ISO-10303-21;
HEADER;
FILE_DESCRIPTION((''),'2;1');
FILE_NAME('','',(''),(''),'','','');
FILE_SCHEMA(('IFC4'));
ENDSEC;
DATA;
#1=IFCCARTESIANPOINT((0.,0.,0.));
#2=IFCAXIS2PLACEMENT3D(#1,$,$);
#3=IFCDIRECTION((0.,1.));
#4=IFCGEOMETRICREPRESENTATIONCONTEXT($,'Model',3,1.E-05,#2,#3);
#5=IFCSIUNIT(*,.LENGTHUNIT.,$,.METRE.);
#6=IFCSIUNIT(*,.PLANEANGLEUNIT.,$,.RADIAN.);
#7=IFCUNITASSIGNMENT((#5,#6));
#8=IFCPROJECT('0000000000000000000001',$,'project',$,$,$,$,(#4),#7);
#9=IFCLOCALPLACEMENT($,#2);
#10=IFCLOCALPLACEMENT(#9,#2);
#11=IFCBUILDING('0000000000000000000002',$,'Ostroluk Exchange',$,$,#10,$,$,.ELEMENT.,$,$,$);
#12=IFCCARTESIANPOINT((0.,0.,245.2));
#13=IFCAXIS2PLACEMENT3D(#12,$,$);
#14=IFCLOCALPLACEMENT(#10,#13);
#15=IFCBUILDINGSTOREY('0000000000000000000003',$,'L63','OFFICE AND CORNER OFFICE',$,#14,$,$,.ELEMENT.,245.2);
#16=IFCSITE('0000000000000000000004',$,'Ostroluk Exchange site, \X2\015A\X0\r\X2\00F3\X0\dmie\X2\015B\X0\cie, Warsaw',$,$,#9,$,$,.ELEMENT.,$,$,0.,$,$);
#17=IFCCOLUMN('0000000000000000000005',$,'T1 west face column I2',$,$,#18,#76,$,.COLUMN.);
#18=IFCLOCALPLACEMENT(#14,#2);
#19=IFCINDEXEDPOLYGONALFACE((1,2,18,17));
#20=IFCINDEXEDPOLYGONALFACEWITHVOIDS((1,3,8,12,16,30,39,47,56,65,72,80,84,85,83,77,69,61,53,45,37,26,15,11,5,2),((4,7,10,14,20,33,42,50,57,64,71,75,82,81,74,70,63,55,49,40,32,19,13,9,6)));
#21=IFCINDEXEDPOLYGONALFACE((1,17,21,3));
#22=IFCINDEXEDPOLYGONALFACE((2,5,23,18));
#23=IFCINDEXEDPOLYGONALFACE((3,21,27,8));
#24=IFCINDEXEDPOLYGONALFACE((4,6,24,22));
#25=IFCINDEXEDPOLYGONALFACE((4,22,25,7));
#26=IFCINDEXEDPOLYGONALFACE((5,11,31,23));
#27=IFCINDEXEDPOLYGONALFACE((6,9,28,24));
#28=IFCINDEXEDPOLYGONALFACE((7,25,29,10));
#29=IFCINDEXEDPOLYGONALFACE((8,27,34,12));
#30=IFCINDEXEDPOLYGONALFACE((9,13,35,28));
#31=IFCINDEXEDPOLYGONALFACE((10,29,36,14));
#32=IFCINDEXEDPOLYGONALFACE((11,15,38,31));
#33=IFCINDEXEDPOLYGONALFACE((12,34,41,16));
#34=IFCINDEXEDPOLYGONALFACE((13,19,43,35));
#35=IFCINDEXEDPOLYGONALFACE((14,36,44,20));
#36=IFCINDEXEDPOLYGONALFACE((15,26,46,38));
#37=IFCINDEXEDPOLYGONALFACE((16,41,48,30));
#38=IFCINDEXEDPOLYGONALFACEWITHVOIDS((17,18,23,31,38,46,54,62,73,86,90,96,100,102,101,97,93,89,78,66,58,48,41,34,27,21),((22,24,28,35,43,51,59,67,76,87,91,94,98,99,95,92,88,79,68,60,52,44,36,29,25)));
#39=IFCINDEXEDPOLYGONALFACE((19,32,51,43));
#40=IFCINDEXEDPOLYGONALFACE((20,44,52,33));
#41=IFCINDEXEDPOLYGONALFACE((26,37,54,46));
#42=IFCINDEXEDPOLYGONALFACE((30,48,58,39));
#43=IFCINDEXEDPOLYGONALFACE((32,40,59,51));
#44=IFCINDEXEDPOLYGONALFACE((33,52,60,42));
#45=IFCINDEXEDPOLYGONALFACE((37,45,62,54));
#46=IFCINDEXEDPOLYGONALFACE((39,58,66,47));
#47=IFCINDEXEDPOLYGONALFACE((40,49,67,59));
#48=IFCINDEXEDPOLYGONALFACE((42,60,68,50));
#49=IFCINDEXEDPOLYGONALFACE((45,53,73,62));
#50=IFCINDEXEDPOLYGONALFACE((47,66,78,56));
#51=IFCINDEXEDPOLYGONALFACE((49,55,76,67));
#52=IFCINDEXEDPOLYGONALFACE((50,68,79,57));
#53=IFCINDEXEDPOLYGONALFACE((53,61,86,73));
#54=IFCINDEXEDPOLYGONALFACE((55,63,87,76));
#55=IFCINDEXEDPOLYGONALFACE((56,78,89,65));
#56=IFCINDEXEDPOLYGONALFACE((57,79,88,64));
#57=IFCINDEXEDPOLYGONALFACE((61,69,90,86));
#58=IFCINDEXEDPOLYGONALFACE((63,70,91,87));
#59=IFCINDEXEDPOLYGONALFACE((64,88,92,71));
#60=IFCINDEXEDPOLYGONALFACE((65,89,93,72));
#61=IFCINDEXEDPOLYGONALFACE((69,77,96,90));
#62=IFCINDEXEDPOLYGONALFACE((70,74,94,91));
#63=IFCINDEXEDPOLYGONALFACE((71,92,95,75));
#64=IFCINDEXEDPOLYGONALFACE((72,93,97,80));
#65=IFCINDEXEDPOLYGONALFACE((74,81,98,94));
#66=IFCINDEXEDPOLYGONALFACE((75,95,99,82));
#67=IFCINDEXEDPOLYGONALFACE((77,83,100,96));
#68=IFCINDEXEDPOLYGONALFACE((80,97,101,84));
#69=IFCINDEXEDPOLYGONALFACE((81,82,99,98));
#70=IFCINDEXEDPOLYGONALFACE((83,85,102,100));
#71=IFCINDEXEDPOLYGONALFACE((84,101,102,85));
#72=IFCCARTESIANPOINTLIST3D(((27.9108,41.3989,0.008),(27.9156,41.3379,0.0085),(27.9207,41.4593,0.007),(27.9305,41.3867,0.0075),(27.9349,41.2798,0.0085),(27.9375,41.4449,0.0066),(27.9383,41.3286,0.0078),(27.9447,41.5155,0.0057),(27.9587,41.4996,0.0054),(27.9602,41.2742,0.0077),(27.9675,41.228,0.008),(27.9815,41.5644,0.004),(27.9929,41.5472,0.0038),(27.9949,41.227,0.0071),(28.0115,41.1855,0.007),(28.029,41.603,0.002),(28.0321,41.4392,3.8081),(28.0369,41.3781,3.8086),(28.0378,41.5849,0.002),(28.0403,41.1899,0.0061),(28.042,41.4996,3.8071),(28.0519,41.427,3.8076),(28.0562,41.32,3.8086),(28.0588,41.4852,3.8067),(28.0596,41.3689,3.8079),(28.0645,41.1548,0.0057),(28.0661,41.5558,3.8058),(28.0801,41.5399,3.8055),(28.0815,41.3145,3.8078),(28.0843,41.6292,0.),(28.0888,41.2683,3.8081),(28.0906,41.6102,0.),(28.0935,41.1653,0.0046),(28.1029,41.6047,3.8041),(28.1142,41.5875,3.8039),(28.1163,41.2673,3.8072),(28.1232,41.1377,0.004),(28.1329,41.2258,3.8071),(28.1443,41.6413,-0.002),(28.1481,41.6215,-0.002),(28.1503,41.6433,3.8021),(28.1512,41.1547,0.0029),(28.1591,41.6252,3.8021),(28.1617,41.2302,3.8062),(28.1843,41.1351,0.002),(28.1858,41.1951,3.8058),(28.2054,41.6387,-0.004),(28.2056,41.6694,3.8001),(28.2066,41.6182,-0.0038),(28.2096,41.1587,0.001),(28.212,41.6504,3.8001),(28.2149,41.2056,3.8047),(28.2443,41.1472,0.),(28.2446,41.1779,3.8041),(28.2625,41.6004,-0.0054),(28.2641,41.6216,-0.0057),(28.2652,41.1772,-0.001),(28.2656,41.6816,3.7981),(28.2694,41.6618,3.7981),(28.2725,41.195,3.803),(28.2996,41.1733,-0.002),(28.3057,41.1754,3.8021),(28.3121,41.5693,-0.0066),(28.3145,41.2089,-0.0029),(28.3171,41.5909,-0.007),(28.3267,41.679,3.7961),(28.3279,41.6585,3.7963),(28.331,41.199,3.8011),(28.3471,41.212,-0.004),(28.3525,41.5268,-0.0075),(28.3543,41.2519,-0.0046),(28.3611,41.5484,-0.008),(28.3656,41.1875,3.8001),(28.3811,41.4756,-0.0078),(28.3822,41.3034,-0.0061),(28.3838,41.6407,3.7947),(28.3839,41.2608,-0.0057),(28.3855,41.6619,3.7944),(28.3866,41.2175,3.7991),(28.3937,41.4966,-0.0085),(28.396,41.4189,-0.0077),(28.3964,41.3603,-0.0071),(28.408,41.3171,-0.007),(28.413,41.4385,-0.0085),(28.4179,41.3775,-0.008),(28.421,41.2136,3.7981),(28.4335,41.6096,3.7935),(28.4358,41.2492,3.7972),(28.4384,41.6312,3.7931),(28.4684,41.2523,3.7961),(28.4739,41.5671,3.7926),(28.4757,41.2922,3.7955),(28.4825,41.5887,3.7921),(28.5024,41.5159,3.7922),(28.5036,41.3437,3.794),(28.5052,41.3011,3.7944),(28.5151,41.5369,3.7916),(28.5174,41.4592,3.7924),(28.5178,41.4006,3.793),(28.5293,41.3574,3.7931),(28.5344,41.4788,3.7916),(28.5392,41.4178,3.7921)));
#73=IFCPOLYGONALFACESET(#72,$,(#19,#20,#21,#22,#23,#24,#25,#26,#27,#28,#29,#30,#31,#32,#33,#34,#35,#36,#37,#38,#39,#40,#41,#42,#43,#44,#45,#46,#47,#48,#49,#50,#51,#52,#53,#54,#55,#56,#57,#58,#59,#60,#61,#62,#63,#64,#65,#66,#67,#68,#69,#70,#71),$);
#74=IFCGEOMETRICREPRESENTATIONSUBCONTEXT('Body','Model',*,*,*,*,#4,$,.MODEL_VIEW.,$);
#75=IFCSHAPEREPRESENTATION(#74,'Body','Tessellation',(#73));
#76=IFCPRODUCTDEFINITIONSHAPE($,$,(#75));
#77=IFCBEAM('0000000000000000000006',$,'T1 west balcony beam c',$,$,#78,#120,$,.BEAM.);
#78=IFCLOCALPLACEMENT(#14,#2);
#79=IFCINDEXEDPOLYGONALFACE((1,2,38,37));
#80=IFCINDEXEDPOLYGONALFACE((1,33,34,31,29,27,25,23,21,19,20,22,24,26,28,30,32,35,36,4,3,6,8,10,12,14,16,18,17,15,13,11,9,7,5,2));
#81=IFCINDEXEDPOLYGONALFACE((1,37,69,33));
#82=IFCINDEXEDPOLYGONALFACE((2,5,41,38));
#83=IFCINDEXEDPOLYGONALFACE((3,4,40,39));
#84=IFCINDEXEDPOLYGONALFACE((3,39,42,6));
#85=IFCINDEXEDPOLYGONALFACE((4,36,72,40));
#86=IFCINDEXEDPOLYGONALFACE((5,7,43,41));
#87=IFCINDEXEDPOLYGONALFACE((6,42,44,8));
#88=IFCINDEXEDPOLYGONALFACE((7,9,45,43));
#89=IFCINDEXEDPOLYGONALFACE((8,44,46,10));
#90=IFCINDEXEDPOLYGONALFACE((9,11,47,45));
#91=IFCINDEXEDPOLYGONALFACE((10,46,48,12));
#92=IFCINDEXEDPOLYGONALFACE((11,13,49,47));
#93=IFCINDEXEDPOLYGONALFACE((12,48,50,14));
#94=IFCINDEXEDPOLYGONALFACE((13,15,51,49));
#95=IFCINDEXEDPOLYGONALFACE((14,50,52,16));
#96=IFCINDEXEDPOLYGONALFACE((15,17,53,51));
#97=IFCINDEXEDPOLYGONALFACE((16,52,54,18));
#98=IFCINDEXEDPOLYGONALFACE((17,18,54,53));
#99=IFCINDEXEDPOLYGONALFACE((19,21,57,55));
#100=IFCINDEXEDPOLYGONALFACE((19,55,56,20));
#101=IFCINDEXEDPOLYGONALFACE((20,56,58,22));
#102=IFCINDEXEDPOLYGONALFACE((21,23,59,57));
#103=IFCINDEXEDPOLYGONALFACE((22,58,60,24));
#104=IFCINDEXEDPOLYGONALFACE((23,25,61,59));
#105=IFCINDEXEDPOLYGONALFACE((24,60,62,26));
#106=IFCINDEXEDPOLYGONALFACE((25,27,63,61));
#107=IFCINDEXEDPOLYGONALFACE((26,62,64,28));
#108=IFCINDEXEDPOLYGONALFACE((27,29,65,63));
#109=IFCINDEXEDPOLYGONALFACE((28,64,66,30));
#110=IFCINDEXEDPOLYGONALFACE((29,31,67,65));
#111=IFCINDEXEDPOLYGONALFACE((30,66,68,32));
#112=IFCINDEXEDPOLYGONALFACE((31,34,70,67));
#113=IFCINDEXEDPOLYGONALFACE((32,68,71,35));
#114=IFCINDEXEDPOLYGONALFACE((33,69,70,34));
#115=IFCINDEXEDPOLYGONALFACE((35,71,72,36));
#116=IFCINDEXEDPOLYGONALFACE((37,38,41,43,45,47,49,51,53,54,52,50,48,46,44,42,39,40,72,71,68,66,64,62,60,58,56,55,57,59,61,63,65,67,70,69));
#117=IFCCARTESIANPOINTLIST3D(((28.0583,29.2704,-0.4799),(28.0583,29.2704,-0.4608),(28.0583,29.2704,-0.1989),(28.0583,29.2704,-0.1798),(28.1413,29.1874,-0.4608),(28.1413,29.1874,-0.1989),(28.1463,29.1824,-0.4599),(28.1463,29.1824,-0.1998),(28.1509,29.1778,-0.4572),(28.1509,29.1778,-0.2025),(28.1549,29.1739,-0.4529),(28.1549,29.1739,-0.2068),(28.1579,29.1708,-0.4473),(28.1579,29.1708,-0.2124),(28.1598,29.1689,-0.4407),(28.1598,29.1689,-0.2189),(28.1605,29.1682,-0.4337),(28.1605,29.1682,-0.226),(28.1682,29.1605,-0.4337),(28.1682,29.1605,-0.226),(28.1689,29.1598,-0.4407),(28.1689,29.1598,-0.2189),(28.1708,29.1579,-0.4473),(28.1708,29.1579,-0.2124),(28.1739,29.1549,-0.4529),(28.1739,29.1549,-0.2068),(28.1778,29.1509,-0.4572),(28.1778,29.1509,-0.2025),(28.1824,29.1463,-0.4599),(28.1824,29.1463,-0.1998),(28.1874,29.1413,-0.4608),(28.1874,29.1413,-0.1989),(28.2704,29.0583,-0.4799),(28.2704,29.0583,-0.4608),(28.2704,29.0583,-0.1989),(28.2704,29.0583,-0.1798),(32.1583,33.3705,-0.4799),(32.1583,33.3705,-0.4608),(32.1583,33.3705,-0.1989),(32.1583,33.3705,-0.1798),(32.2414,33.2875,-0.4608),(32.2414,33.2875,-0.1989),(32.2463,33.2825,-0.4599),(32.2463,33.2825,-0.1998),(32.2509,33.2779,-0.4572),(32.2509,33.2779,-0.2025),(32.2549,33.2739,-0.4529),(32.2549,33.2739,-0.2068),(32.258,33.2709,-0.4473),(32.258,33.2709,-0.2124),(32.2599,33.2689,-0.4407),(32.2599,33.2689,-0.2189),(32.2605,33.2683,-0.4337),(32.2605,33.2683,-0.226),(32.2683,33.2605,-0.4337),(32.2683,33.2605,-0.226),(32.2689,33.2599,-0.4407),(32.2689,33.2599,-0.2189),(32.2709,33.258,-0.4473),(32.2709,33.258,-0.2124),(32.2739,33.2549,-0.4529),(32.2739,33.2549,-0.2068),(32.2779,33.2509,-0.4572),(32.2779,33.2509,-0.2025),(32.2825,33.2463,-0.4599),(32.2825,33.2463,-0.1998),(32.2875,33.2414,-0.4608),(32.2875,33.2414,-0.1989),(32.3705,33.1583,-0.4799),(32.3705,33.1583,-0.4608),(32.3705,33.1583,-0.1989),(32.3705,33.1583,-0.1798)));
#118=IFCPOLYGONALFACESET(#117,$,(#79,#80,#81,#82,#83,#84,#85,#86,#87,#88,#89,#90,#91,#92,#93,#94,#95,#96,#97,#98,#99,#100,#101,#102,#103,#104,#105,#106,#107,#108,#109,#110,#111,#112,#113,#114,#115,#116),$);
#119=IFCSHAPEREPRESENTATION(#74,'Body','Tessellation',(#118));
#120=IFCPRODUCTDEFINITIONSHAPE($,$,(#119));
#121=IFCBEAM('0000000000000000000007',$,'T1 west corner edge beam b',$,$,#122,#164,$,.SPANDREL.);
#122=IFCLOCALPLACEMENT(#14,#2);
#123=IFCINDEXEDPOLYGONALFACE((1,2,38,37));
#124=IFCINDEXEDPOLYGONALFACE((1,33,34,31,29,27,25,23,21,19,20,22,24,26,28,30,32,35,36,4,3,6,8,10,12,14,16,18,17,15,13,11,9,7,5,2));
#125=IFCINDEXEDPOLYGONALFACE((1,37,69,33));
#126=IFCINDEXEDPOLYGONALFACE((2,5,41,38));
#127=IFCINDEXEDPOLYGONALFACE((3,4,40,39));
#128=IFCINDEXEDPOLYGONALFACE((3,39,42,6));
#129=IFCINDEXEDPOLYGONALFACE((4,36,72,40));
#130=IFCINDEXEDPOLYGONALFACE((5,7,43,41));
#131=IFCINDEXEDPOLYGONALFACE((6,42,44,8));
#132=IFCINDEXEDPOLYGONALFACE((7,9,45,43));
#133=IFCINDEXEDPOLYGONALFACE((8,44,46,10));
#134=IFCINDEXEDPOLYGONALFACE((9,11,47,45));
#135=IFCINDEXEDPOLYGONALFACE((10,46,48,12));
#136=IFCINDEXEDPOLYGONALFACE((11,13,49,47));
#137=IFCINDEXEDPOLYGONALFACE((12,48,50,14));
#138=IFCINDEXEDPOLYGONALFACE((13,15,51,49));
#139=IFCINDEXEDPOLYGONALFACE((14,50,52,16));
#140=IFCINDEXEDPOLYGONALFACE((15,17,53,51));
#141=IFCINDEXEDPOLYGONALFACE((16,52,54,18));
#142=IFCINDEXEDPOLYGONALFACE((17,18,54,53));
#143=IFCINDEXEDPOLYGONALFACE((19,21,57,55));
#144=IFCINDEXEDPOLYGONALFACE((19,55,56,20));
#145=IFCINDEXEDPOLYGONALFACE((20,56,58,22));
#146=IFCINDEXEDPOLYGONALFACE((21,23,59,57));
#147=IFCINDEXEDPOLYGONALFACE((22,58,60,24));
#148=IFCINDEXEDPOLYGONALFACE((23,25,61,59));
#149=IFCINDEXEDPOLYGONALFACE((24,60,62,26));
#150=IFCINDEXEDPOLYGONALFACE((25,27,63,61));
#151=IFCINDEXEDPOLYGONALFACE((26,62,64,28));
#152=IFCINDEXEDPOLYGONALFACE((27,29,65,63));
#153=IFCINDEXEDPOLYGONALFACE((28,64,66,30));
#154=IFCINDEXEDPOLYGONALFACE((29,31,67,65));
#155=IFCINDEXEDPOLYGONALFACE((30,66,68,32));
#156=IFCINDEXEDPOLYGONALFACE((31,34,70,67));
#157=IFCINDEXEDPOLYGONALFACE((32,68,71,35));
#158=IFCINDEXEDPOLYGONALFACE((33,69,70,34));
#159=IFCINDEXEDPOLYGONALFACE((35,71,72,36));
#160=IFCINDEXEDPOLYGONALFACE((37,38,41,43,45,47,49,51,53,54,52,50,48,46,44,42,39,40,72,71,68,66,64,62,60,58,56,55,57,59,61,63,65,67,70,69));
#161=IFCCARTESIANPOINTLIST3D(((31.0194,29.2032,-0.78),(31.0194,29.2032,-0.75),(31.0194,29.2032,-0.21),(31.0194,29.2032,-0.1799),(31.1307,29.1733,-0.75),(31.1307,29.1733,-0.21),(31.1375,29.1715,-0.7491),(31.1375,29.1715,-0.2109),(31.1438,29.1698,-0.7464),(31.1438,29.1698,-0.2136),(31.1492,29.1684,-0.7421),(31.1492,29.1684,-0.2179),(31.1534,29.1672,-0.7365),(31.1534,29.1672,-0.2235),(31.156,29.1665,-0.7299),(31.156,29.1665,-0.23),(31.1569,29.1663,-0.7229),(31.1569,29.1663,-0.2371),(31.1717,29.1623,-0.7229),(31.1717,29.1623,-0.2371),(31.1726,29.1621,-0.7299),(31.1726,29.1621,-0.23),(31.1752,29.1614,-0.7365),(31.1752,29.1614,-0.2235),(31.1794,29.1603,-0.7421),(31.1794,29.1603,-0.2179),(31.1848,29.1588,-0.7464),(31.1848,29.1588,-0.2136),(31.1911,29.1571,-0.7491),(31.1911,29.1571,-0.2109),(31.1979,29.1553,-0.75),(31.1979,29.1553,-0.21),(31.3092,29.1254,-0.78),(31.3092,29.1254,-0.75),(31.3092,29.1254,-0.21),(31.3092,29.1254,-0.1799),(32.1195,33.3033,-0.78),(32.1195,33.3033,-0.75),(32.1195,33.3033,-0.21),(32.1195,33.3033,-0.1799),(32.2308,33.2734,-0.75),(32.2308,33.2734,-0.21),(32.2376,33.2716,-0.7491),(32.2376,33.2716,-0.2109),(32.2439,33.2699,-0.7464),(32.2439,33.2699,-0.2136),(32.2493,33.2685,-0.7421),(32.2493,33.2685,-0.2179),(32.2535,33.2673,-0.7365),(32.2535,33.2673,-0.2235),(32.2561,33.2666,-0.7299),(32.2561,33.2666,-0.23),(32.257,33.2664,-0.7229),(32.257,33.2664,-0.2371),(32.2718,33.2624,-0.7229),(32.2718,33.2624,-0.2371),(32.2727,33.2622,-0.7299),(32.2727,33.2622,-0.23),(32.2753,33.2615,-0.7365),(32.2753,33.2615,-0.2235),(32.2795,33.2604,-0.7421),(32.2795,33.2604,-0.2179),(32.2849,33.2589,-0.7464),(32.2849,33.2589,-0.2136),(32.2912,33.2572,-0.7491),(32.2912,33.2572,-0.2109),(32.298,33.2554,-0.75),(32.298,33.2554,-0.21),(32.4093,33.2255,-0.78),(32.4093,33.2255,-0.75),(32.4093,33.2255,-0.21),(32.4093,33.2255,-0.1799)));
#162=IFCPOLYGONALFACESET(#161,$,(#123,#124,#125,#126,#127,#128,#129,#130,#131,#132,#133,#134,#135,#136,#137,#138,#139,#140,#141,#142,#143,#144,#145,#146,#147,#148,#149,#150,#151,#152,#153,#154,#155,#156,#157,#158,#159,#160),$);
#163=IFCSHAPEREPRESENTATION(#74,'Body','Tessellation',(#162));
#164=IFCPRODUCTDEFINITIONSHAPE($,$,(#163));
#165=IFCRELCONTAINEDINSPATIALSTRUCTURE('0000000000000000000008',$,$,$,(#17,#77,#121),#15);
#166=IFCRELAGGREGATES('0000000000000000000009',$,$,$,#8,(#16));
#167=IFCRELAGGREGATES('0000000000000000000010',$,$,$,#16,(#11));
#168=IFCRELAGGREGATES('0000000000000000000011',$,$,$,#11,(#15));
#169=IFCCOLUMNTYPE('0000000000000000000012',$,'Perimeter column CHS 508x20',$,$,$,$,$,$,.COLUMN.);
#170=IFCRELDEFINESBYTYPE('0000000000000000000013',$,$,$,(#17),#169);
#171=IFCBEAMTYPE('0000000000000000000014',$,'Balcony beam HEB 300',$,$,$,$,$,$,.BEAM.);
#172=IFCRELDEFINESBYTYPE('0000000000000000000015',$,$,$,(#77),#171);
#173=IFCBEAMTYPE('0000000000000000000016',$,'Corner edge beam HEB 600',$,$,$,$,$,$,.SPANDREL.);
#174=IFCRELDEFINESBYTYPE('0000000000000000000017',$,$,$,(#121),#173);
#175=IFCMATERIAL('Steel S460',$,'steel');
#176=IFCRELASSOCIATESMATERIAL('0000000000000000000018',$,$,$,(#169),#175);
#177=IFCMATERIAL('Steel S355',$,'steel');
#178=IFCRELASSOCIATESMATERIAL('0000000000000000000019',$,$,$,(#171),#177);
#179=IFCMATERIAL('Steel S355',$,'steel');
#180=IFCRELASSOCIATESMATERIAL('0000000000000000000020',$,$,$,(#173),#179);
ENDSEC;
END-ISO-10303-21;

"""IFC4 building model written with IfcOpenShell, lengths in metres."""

from ifc_helpers import new_model, si_unit, direction, frame, origin, origin_2d, place, context, subcontext, project, spatial, hollow_circle, i_section, extrude, material, material_profile, profile_set, type_object, element, save


model = new_model("IFC4")

# Units and contexts
model_context = context("Model", 3, precision=1e-05, world=origin(), true_north=direction((0.0, 1.0)))
body_context = subcontext(model_context, "Body", "Model", "MODEL_VIEW")
ifc_project = project(units=[si_unit("LENGTHUNIT", "METRE"), si_unit("PLANEANGLEUNIT", "RADIAN")], contexts=[model_context])

# Site, building, storey
site_placement = place(None, origin())
site = spatial("IfcSite", under=ifc_project, at=site_placement, Name="Ostroluk Exchange site, Śródmieście, Warsaw", CompositionType="ELEMENT", RefElevation=0.0)
building_placement = place(site_placement, origin())
building = spatial("IfcBuilding", under=site, at=building_placement, Name="Ostroluk Exchange", CompositionType="ELEMENT")
storey_placement = place(building_placement, frame((0.0, 0.0, 245.2)))
storey = spatial("IfcBuildingStorey", under=building, at=storey_placement, Name="L63", Description="OFFICE AND CORNER OFFICE", CompositionType="ELEMENT", Elevation=245.2)

# Column
ifc_material_1 = material(Name="Steel S460", Category="steel")
ifc_material_profile_1 = material_profile(ifc_material_1, hollow_circle(Radius=0.2539, WallThickness=0.02, at=origin_2d()), Name="CHS 508x20")
ifc_profile_set_1 = profile_set([ifc_material_profile_1], Name="Steel S460")
column_type = type_object("IfcColumnType", Name="Perimeter column CHS 508x20", PredefinedType="COLUMN", material=ifc_profile_set_1)
column_placement = place(storey_placement, frame((28.1643, 41.3882, 0.0), z_axis=(0.031913, 0.010595, 0.999435), x_axis=(-0.315082, 0.949065, 0.0)))
element("IfcColumn", 1, at=column_placement, inside=storey, type_object=column_type, Name="T1 west face column I2", PredefinedType="COLUMN", context=body_context, shape_type="SweptSolid", body=[
    extrude(hollow_circle(Radius=0.2539, WallThickness=0.02, at=origin_2d()), origin(), (0.0, 0.0, 1.0), 3.8022),
])

# Beams
ifc_material_2 = material(Name="Steel S355", Category="steel")
ifc_material_profile_2 = material_profile(ifc_material_2, i_section(OverallWidth=0.3, OverallDepth=0.3, WebThickness=0.011, FlangeThickness=0.019, FilletRadius=0.0271, at=origin_2d()), Name="HEB 300")
ifc_profile_set_2 = profile_set([ifc_material_profile_2], Name="Steel S355")
beam_type_1 = type_object("IfcBeamType", Name="Balcony beam HEB 300", PredefinedType="BEAM", material=ifc_profile_set_2)
beam_1_placement = place(storey_placement, frame((32.2644, 33.2644, -0.3298), z_axis=(-0.707107, -0.707107, 0.0), x_axis=(0.707107, -0.707107, 0.0)))
element("IfcBeam", 2, at=beam_1_placement, inside=storey, type_object=beam_type_1, Name="T1 west balcony beam c", PredefinedType="BEAM", context=body_context, shape_type="SweptSolid", body=[
    extrude(i_section(OverallWidth=0.3, OverallDepth=0.3, WebThickness=0.011, FlangeThickness=0.019, FilletRadius=0.0271, at=origin_2d()), origin(), (0.0, 0.0, 1.0), 5.7983),
])
ifc_material_3 = material(Name="Steel S355", Category="steel")
ifc_material_profile_3 = material_profile(ifc_material_3, i_section(OverallWidth=0.3, OverallDepth=0.6001, WebThickness=0.0154, FlangeThickness=0.03, FilletRadius=0.0271, at=origin_2d()), Name="HEB 600")
ifc_profile_set_3 = profile_set([ifc_material_profile_3], Name="Steel S355")
beam_type_2 = type_object("IfcBeamType", Name="Corner edge beam HEB 600", PredefinedType="SPANDREL", material=ifc_profile_set_3)
beam_2_placement = place(storey_placement, frame((32.2644, 33.2644, -0.48), z_axis=(-0.259144, -0.965839, 0.0), x_axis=(0.965839, -0.259144, 0.0)))
element("IfcBeam", 3, at=beam_2_placement, inside=storey, type_object=beam_type_2, Name="T1 west corner edge beam b", PredefinedType="SPANDREL", context=body_context, shape_type="SweptSolid", body=[
    extrude(i_section(OverallWidth=0.3, OverallDepth=0.6001, WebThickness=0.0154, FlangeThickness=0.03, FilletRadius=0.0271, at=origin_2d()), origin(), (0.0, 0.0, 1.0), 4.2451),
])

save(model, "model.ifc")
